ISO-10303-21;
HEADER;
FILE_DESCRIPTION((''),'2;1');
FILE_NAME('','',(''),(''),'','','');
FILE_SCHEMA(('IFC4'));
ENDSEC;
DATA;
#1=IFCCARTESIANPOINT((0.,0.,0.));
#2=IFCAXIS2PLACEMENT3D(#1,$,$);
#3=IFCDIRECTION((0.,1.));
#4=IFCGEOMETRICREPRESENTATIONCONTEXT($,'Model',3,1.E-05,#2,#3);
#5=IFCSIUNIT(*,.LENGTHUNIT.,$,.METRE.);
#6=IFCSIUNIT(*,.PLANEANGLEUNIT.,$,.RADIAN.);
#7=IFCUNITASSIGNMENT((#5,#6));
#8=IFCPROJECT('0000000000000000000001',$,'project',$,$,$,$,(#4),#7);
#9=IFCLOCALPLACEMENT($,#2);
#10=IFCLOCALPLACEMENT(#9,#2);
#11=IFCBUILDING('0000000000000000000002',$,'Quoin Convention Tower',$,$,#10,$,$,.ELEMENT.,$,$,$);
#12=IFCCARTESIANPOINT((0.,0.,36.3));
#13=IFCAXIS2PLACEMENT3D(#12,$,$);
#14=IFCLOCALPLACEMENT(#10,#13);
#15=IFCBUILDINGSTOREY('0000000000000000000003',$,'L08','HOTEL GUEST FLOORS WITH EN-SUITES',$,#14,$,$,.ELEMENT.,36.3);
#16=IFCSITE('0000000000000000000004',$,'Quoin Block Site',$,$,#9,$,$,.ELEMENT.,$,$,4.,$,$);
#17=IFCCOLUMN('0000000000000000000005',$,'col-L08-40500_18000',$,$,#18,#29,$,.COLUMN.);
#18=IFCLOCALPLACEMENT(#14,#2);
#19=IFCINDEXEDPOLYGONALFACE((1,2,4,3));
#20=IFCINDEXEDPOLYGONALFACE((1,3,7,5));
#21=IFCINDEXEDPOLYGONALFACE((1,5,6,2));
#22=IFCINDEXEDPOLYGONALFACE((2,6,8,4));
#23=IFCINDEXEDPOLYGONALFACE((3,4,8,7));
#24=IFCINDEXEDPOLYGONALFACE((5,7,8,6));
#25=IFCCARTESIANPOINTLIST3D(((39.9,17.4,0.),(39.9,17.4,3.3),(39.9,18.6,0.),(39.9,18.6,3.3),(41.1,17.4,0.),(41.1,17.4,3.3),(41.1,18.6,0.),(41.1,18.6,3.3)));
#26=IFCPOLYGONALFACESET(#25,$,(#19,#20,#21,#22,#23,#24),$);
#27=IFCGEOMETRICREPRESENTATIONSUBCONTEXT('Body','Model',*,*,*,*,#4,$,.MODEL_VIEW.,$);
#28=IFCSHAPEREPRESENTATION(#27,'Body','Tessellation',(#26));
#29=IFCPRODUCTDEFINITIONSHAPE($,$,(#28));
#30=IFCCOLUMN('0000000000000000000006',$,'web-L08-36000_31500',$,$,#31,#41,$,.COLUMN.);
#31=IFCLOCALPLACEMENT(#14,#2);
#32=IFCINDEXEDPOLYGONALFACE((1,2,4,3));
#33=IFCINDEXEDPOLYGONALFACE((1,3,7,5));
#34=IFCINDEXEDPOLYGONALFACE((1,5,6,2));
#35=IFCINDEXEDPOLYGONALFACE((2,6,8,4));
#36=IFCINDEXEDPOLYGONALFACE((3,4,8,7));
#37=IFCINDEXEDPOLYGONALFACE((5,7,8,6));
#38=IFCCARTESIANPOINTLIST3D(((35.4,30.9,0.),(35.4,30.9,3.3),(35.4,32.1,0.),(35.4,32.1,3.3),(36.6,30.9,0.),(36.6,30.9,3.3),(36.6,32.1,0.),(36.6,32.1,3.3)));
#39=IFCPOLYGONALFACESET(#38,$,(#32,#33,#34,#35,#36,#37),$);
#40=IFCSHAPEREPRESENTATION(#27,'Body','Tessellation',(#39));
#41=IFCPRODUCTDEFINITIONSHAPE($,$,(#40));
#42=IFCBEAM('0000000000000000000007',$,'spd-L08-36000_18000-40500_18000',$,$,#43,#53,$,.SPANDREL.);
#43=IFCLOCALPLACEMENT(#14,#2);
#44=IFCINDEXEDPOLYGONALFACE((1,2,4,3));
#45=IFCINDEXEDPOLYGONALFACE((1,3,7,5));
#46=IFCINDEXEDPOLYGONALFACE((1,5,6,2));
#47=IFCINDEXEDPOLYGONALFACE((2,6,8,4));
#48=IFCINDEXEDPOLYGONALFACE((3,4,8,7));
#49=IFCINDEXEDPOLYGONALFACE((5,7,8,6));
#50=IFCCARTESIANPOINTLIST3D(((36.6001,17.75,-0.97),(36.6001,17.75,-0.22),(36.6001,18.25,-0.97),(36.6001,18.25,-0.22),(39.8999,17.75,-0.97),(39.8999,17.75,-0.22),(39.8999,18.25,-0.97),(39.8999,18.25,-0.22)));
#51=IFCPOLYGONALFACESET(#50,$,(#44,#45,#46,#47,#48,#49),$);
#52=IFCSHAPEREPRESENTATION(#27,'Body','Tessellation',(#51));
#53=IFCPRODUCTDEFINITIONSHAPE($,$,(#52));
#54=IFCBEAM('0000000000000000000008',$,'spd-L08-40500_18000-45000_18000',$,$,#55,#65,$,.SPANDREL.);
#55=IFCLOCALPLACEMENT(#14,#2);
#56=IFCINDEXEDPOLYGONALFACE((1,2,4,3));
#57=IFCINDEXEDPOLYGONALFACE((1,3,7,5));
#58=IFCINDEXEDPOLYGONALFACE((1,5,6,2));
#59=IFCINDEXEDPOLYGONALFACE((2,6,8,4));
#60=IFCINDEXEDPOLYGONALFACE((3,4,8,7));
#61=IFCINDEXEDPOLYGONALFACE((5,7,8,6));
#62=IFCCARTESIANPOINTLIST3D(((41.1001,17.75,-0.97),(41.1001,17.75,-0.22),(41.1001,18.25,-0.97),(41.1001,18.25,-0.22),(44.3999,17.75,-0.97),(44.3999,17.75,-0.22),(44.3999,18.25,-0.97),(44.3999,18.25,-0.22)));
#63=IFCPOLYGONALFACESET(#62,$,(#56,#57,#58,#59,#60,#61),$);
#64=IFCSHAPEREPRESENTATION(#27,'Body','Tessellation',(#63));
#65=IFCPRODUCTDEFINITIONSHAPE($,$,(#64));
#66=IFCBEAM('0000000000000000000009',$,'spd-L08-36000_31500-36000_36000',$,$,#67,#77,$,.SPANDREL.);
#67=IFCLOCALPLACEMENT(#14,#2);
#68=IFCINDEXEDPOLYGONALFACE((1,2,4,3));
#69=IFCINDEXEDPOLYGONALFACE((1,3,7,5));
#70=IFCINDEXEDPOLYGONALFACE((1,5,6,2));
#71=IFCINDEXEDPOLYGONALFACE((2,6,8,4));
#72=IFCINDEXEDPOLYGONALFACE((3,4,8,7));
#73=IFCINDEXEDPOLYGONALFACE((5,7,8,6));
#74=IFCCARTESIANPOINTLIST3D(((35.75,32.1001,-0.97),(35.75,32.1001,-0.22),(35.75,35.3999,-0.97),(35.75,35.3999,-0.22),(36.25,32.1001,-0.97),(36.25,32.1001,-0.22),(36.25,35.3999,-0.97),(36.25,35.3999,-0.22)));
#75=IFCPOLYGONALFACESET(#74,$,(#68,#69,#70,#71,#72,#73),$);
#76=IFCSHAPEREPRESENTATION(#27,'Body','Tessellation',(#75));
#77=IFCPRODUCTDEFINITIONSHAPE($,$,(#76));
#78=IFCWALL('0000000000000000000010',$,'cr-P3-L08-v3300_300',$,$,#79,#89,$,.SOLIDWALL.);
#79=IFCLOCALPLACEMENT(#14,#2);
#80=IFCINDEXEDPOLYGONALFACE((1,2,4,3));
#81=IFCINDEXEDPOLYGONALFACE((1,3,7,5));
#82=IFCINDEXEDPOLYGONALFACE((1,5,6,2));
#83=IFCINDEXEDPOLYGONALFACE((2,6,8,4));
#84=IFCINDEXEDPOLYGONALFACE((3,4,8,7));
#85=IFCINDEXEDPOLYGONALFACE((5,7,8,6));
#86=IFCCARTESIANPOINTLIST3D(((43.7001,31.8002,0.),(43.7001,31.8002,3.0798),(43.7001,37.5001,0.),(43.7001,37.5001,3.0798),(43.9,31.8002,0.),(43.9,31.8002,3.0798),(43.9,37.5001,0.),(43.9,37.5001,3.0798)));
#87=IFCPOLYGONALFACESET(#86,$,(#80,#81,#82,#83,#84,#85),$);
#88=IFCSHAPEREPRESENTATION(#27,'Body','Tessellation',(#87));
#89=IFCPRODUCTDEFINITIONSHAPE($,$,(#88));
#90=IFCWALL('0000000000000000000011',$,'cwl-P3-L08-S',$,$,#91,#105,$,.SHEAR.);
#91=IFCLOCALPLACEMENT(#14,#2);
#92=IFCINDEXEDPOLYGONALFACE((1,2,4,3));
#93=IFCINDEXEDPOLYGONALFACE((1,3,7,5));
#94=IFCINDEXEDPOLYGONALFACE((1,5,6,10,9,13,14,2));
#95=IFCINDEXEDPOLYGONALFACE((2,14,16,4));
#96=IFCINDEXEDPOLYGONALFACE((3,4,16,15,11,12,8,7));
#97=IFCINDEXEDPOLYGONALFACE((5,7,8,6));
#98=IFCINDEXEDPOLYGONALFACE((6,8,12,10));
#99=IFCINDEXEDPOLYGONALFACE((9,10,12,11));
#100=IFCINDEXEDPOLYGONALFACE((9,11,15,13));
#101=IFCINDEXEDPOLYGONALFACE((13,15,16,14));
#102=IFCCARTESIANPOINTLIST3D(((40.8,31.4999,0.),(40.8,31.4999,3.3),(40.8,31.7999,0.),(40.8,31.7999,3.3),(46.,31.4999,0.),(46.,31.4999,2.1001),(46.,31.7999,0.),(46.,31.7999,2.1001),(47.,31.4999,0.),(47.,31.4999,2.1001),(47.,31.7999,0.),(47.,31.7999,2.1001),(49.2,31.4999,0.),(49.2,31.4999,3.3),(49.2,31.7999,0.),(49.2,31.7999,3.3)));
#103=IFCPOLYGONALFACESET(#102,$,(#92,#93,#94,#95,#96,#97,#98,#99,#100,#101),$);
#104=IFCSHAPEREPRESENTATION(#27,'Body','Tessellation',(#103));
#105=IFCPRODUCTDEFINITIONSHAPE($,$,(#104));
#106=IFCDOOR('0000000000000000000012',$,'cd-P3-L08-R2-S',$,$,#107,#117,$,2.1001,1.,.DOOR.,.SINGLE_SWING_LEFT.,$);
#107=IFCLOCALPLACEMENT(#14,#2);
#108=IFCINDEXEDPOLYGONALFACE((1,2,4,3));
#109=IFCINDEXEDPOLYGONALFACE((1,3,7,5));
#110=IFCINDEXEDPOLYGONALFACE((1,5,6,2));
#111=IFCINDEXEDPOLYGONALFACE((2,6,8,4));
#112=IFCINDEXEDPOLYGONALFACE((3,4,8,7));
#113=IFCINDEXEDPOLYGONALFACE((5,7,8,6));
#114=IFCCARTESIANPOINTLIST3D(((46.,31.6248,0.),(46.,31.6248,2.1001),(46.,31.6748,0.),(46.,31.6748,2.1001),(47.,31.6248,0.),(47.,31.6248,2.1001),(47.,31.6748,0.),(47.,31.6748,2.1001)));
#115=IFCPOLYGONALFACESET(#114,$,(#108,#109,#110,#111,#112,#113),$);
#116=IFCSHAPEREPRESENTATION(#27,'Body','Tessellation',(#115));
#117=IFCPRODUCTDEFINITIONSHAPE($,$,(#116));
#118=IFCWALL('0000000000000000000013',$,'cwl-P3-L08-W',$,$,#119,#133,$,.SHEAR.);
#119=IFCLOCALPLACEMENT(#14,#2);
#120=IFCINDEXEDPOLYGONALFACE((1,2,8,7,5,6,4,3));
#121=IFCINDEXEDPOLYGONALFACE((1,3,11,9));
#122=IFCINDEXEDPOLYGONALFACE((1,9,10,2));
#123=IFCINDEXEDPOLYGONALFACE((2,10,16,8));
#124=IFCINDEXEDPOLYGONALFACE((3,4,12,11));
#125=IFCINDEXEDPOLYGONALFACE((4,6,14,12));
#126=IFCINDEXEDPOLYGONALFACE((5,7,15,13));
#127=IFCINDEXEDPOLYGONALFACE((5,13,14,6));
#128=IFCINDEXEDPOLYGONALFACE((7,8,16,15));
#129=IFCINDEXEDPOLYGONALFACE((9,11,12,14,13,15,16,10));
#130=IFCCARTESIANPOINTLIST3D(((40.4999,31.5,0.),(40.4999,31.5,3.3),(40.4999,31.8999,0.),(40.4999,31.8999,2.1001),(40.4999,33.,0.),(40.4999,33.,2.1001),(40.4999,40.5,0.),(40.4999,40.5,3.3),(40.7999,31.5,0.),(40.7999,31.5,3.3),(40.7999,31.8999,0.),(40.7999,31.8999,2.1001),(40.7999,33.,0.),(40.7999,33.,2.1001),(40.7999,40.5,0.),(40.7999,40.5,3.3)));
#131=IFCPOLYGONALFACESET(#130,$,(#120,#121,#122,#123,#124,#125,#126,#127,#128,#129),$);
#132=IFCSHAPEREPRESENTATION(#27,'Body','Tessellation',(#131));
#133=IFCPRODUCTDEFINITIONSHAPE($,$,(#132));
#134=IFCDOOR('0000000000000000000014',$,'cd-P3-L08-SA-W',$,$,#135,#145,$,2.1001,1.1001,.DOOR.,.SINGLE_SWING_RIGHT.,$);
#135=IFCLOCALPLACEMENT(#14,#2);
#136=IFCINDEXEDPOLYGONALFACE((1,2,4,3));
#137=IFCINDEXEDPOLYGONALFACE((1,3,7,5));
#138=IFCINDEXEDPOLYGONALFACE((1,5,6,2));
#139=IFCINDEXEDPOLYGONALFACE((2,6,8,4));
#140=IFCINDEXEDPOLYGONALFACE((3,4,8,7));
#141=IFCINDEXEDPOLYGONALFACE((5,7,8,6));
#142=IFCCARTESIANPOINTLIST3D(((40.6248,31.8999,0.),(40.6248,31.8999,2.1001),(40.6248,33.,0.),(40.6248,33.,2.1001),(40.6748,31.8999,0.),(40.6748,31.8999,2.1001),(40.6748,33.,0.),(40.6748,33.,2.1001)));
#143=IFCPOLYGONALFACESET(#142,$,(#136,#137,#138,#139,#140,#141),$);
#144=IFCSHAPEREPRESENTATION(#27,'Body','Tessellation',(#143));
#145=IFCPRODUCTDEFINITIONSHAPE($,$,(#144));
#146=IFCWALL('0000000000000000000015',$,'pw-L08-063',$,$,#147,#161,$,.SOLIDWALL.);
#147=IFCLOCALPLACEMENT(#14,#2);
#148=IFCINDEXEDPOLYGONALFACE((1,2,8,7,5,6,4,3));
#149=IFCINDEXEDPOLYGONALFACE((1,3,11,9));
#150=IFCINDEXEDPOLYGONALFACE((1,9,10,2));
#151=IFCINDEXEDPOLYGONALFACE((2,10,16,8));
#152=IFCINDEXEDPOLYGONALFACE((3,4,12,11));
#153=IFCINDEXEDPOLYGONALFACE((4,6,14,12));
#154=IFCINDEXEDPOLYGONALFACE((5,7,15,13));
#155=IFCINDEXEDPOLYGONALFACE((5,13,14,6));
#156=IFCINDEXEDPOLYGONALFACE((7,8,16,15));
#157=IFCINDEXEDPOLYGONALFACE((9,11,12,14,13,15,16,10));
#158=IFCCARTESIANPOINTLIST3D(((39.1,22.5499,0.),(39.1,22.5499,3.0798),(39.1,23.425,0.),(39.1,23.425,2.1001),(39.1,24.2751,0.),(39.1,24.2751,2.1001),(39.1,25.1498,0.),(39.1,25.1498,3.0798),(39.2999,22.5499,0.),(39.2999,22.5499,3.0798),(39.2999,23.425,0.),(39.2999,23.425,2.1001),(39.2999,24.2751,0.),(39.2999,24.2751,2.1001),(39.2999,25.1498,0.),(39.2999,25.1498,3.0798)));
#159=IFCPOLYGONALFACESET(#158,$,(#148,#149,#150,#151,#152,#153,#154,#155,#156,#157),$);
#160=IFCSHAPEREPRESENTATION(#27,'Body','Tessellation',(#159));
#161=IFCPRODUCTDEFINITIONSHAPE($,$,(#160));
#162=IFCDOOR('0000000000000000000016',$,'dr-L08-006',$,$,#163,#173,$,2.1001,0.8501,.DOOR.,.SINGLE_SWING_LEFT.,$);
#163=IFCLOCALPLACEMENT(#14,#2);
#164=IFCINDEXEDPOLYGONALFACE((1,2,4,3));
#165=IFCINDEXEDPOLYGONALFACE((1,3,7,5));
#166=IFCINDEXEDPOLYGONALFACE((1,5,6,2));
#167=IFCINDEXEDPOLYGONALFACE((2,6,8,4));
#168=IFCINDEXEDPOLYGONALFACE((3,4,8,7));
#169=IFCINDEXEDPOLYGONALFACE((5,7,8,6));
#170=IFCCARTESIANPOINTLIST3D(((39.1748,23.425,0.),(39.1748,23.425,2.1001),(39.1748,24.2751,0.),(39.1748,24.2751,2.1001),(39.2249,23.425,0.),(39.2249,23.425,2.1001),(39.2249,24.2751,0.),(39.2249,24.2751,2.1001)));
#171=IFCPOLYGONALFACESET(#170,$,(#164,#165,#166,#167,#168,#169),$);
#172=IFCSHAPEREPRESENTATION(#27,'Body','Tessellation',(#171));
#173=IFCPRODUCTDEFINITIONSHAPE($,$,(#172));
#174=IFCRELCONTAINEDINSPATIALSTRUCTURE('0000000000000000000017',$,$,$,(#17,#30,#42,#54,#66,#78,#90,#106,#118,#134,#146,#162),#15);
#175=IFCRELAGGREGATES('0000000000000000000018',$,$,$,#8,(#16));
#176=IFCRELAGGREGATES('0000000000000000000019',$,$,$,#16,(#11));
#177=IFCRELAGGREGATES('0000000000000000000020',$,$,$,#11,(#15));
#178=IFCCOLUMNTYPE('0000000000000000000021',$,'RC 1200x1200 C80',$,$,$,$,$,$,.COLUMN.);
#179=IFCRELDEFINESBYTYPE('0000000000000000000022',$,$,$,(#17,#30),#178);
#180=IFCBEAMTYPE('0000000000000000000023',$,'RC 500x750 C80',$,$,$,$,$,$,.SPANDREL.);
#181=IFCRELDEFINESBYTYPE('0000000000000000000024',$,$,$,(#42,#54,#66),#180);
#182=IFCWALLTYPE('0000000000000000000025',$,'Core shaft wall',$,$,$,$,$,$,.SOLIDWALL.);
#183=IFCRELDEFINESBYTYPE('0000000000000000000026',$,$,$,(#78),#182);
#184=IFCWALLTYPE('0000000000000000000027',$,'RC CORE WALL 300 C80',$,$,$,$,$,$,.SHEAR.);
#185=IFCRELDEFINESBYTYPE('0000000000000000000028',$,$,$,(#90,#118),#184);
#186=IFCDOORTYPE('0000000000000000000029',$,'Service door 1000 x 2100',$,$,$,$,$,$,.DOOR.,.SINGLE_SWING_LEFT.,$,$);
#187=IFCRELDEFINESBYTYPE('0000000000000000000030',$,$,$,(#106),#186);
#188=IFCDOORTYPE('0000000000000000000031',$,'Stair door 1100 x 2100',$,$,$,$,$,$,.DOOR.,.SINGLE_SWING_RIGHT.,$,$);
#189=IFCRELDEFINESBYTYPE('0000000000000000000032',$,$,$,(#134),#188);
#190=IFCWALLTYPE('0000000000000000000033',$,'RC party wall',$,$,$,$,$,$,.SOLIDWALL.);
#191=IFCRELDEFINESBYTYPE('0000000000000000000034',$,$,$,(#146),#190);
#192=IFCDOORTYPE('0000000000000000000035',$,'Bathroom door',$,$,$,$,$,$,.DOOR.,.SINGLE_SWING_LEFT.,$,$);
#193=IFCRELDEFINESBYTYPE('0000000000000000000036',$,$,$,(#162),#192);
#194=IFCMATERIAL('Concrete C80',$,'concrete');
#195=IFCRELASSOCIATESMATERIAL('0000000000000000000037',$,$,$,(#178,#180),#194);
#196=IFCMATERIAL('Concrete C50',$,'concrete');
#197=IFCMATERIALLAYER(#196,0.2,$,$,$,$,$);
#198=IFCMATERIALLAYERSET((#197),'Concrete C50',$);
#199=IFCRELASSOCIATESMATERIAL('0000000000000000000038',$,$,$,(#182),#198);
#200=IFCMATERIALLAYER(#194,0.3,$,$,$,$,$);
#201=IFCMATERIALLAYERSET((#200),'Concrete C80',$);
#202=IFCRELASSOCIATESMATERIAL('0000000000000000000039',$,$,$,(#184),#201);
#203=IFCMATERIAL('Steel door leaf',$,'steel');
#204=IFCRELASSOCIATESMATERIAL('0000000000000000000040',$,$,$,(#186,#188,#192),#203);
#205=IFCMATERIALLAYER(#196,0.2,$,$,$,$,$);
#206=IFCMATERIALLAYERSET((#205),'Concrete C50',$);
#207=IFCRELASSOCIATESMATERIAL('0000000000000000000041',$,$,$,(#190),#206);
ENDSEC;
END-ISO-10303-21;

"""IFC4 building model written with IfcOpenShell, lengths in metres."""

from ifc_helpers import new_model, si_unit, direction, frame, frame_2d, origin, origin_2d, place, context, subcontext, project, spatial, rectangle, extrude, material, layer, layer_set, material_profile, profile_set, type_object, element, fill, save


model = new_model("IFC4")

# Units and contexts
model_context = context("Model", 3, precision=1e-05, world=origin(), true_north=direction((0.0, 1.0)))
body_context = subcontext(model_context, "Body", "Model", "MODEL_VIEW")
ifc_project = project(units=[si_unit("LENGTHUNIT", "METRE"), si_unit("PLANEANGLEUNIT", "RADIAN")], contexts=[model_context])

# Site, building, storey
site_placement = place(None, origin())
site = spatial("IfcSite", under=ifc_project, at=site_placement, Name="Quoin Block Site", CompositionType="ELEMENT", RefElevation=4.0)
building_placement = place(site_placement, origin())
building = spatial("IfcBuilding", under=site, at=building_placement, Name="Quoin Convention Tower", CompositionType="ELEMENT")
storey_placement = place(building_placement, frame((0.0, 0.0, 36.3)))
storey = spatial("IfcBuildingStorey", under=building, at=storey_placement, Name="L08", Description="HOTEL GUEST FLOORS WITH EN-SUITES", CompositionType="ELEMENT", Elevation=36.3)

# Columns
ifc_material_1 = material(Name="Concrete C80", Category="concrete")
ifc_material_profile_1 = material_profile(ifc_material_1, rectangle(XDim=1.2, YDim=1.2, at=origin_2d()), Name="RC 1200x1200")
ifc_profile_set_1 = profile_set([ifc_material_profile_1], Name="Concrete C80")
column_type = type_object("IfcColumnType", Name="RC 1200x1200 C80", PredefinedType="COLUMN", material=ifc_profile_set_1)
for number, where, z_axis, x_axis, name in (
    (1, (40.5, 18.0, 0.0), (0.0, 0.0, 1.0), (1.0, 0.0, 0.0), "col-L08-40500_18000"),
    (2, (36.0, 31.5, 0.0), (0.0, 0.0, 1.0), (1.0, 0.0, 0.0), "web-L08-36000_31500"),
):
    element("IfcColumn", number, at=place(storey_placement, frame(where, z_axis=z_axis, x_axis=x_axis)), inside=storey, type_object=column_type, Name=name, PredefinedType="COLUMN", context=body_context, shape_type="SweptSolid", body=[
        extrude(rectangle(XDim=1.2, YDim=1.2, at=origin_2d()), origin(), (0.0, 0.0, 1.0), 3.3),
    ])

# Beams
ifc_material_profile_2 = material_profile(ifc_material_1, rectangle(XDim=0.5, YDim=0.75, at=origin_2d()), Name="RC 500x750")
ifc_profile_set_2 = profile_set([ifc_material_profile_2], Name="Concrete C80")
beam_type = type_object("IfcBeamType", Name="RC 500x750 C80", PredefinedType="SPANDREL", material=ifc_profile_set_2)
for number, where, z_axis, x_axis, name in (
    (3, (36.6001, 18.0, -0.595), (1.0, 0.0, 0.0), (0.0, 1.0, 0.0), "spd-L08-36000_18000-40500_18000"),
    (4, (41.1001, 18.0, -0.595), (1.0, 0.0, 0.0), (0.0, 1.0, 0.0), "spd-L08-40500_18000-45000_18000"),
    (5, (36.0, 32.1001, -0.595), (0.0, 1.0, 0.0), (-1.0, 0.0, 0.0), "spd-L08-36000_31500-36000_36000"),
):
    element("IfcBeam", number, at=place(storey_placement, frame(where, z_axis=z_axis, x_axis=x_axis)), inside=storey, type_object=beam_type, Name=name, PredefinedType="SPANDREL", context=body_context, shape_type="SweptSolid", body=[
        extrude(rectangle(XDim=0.5, YDim=0.75, at=origin_2d()), origin(), (0.0, 0.0, 1.0), 3.2998),
    ])

# Wall
ifc_material_2 = material(Name="Concrete C50", Category="concrete")
ifc_layer_1 = layer(ifc_material_2, 0.2)
ifc_layer_set_1 = layer_set([ifc_layer_1], Name="Concrete C50")
wall_type_1 = type_object("IfcWallType", Name="Core shaft wall", PredefinedType="SOLIDWALL", material=ifc_layer_set_1)
wall_1_placement = place(storey_placement, frame((43.8, 31.8, 0.0), z_axis=(0.0, 0.0, 1.0), x_axis=(0.0, 1.0, 0.0)))
element("IfcWall", 6, at=wall_1_placement, inside=storey, type_object=wall_type_1, Name="cr-P3-L08-v3300_300", PredefinedType="SOLIDWALL", context=body_context, shape_type="SweptSolid", body=[
    extrude(rectangle(XDim=5.7, YDim=0.2, at=frame_2d((2.8501, 0.0))), origin(), (0.0, 0.0, 1.0), 3.0798),
])

# Walls, openings, doors
ifc_layer_2 = layer(ifc_material_1, 0.3)
ifc_layer_set_2 = layer_set([ifc_layer_2], Name="Concrete C80")
wall_type_2 = type_object("IfcWallType", Name="RC CORE WALL 300 C80", PredefinedType="SHEAR", material=ifc_layer_set_2)
wall_2_placement = place(storey_placement, frame((40.8, 31.6499, 0.0), z_axis=(0.0, 0.0, 1.0), x_axis=(1.0, 0.0, 0.0)))
wall_2 = element("IfcWall", 7, at=wall_2_placement, inside=storey, type_object=wall_type_2, Name="cwl-P3-L08-S", PredefinedType="SHEAR", context=body_context, shape_type="SweptSolid", body=[
    extrude(rectangle(XDim=8.3999, YDim=0.3, at=frame_2d((4.2, 0.0))), origin(), (0.0, 0.0, 1.0), 3.3),
])
opening_1_placement = place(wall_2_placement, frame((5.2, 0.0, 0.0)))
opening_1 = element("IfcOpeningElement", 8, at=opening_1_placement, cuts=wall_2, PredefinedType="OPENING", context=body_context, shape_type="SweptSolid", body=[
    extrude(rectangle(XDim=1.0, YDim=2.1001, at=frame_2d((0.5, 1.05))), frame((0.0, 0.1599, 0.0), z_axis=(0.0, -1.0, 0.0), x_axis=(1.0, 0.0, 0.0)), (0.0, 0.0, 1.0), 0.3201),
])
ifc_material_3 = material(Name="Steel door leaf", Category="steel")
door_type_1 = type_object("IfcDoorType", Name="Service door 1000 x 2100", OperationType="SINGLE_SWING_LEFT", PredefinedType="DOOR", material=ifc_material_3)
door_1_placement = place(opening_1_placement, origin())
door_1 = element("IfcDoor", 9, at=door_1_placement, inside=storey, type_object=door_type_1, Name="cd-P3-L08-R2-S", OperationType="SINGLE_SWING_LEFT", OverallHeight=2.1001, OverallWidth=1.0, PredefinedType="DOOR", context=body_context, shape_type="SweptSolid", body=[
    extrude(rectangle(XDim=1.0, YDim=2.1001, at=frame_2d((0.5, 1.05))), frame((0.0, 0.0249, 0.0), z_axis=(0.0, -1.0, 0.0), x_axis=(1.0, 0.0, 0.0)), (0.0, 0.0, 1.0), 0.05),
])
fill(opening_1, door_1)
wall_3_placement = place(storey_placement, frame((40.6499, 31.5, 0.0), z_axis=(0.0, 0.0, 1.0), x_axis=(0.0, 1.0, 0.0)))
wall_3 = element("IfcWall", 10, at=wall_3_placement, inside=storey, type_object=wall_type_2, Name="cwl-P3-L08-W", PredefinedType="SHEAR", context=body_context, shape_type="SweptSolid", body=[
    extrude(rectangle(XDim=9.0, YDim=0.3, at=frame_2d((4.5, 0.0))), origin(), (0.0, 0.0, 1.0), 3.3),
])
opening_2_placement = place(wall_3_placement, frame((0.3999, 0.0, 0.0)))
opening_2 = element("IfcOpeningElement", 11, at=opening_2_placement, cuts=wall_3, PredefinedType="OPENING", context=body_context, shape_type="SweptSolid", body=[
    extrude(rectangle(XDim=1.1001, YDim=2.1001, at=frame_2d((0.55, 1.05))), frame((0.0, 0.1599, 0.0), z_axis=(0.0, -1.0, 0.0), x_axis=(1.0, 0.0, 0.0)), (0.0, 0.0, 1.0), 0.3201),
])
door_type_2 = type_object("IfcDoorType", Name="Stair door 1100 x 2100", OperationType="SINGLE_SWING_RIGHT", PredefinedType="DOOR", material=ifc_material_3)
door_2_placement = place(opening_2_placement, frame((1.1001, 0.0, 0.0), z_axis=(0.0, 0.0, 1.0), x_axis=(-1.0, 0.0, 0.0)))
door_2 = element("IfcDoor", 12, at=door_2_placement, inside=storey, type_object=door_type_2, Name="cd-P3-L08-SA-W", OperationType="SINGLE_SWING_RIGHT", OverallHeight=2.1001, OverallWidth=1.1001, PredefinedType="DOOR", context=body_context, shape_type="SweptSolid", body=[
    extrude(rectangle(XDim=1.1001, YDim=2.1001, at=frame_2d((0.55, 1.05))), frame((0.0, 0.0249, 0.0), z_axis=(0.0, -1.0, 0.0), x_axis=(1.0, 0.0, 0.0)), (0.0, 0.0, 1.0), 0.05),
])
fill(opening_2, door_2)
ifc_layer_3 = layer(ifc_material_2, 0.2)
ifc_layer_set_3 = layer_set([ifc_layer_3], Name="Concrete C50")
wall_type_3 = type_object("IfcWallType", Name="RC party wall", PredefinedType="SOLIDWALL", material=ifc_layer_set_3)
wall_4_placement = place(storey_placement, frame((39.2, 22.55, 0.0), z_axis=(0.0, 0.0, 1.0), x_axis=(0.0, 1.0, 0.0)))
wall_4 = element("IfcWall", 13, at=wall_4_placement, inside=storey, type_object=wall_type_3, Name="pw-L08-063", PredefinedType="SOLIDWALL", context=body_context, shape_type="SweptSolid", body=[
    extrude(rectangle(XDim=2.5999, YDim=0.2, at=frame_2d((1.2998, 0.0))), origin(), (0.0, 0.0, 1.0), 3.0798),
])
opening_3_placement = place(wall_4_placement, frame((0.875, 0.0, 0.0)))
opening_3 = element("IfcOpeningElement", 14, at=opening_3_placement, cuts=wall_4, PredefinedType="OPENING", context=body_context, shape_type="SweptSolid", body=[
    extrude(rectangle(XDim=0.8501, YDim=2.1001, at=frame_2d((0.425, 1.05))), frame((0.0, 0.1099, 0.0), z_axis=(0.0, -1.0, 0.0), x_axis=(1.0, 0.0, 0.0)), (0.0, 0.0, 1.0), 0.22),
])
door_type_3 = type_object("IfcDoorType", Name="Bathroom door", OperationType="SINGLE_SWING_LEFT", PredefinedType="DOOR", material=ifc_material_3)
door_3_placement = place(opening_3_placement, frame((0.8501, 0.0, 0.0), z_axis=(0.0, 0.0, 1.0), x_axis=(-1.0, 0.0, 0.0)))
door_3 = element("IfcDoor", 15, at=door_3_placement, inside=storey, type_object=door_type_3, Name="dr-L08-006", OperationType="SINGLE_SWING_LEFT", OverallHeight=2.1001, OverallWidth=0.8501, PredefinedType="DOOR", context=body_context, shape_type="SweptSolid", body=[
    extrude(rectangle(XDim=0.8501, YDim=2.1001, at=frame_2d((0.425, 1.05))), frame((0.0, 0.0249, 0.0), z_axis=(0.0, -1.0, 0.0), x_axis=(1.0, 0.0, 0.0)), (0.0, 0.0, 1.0), 0.05),
])
fill(opening_3, door_3)

save(model, "model.ifc")
